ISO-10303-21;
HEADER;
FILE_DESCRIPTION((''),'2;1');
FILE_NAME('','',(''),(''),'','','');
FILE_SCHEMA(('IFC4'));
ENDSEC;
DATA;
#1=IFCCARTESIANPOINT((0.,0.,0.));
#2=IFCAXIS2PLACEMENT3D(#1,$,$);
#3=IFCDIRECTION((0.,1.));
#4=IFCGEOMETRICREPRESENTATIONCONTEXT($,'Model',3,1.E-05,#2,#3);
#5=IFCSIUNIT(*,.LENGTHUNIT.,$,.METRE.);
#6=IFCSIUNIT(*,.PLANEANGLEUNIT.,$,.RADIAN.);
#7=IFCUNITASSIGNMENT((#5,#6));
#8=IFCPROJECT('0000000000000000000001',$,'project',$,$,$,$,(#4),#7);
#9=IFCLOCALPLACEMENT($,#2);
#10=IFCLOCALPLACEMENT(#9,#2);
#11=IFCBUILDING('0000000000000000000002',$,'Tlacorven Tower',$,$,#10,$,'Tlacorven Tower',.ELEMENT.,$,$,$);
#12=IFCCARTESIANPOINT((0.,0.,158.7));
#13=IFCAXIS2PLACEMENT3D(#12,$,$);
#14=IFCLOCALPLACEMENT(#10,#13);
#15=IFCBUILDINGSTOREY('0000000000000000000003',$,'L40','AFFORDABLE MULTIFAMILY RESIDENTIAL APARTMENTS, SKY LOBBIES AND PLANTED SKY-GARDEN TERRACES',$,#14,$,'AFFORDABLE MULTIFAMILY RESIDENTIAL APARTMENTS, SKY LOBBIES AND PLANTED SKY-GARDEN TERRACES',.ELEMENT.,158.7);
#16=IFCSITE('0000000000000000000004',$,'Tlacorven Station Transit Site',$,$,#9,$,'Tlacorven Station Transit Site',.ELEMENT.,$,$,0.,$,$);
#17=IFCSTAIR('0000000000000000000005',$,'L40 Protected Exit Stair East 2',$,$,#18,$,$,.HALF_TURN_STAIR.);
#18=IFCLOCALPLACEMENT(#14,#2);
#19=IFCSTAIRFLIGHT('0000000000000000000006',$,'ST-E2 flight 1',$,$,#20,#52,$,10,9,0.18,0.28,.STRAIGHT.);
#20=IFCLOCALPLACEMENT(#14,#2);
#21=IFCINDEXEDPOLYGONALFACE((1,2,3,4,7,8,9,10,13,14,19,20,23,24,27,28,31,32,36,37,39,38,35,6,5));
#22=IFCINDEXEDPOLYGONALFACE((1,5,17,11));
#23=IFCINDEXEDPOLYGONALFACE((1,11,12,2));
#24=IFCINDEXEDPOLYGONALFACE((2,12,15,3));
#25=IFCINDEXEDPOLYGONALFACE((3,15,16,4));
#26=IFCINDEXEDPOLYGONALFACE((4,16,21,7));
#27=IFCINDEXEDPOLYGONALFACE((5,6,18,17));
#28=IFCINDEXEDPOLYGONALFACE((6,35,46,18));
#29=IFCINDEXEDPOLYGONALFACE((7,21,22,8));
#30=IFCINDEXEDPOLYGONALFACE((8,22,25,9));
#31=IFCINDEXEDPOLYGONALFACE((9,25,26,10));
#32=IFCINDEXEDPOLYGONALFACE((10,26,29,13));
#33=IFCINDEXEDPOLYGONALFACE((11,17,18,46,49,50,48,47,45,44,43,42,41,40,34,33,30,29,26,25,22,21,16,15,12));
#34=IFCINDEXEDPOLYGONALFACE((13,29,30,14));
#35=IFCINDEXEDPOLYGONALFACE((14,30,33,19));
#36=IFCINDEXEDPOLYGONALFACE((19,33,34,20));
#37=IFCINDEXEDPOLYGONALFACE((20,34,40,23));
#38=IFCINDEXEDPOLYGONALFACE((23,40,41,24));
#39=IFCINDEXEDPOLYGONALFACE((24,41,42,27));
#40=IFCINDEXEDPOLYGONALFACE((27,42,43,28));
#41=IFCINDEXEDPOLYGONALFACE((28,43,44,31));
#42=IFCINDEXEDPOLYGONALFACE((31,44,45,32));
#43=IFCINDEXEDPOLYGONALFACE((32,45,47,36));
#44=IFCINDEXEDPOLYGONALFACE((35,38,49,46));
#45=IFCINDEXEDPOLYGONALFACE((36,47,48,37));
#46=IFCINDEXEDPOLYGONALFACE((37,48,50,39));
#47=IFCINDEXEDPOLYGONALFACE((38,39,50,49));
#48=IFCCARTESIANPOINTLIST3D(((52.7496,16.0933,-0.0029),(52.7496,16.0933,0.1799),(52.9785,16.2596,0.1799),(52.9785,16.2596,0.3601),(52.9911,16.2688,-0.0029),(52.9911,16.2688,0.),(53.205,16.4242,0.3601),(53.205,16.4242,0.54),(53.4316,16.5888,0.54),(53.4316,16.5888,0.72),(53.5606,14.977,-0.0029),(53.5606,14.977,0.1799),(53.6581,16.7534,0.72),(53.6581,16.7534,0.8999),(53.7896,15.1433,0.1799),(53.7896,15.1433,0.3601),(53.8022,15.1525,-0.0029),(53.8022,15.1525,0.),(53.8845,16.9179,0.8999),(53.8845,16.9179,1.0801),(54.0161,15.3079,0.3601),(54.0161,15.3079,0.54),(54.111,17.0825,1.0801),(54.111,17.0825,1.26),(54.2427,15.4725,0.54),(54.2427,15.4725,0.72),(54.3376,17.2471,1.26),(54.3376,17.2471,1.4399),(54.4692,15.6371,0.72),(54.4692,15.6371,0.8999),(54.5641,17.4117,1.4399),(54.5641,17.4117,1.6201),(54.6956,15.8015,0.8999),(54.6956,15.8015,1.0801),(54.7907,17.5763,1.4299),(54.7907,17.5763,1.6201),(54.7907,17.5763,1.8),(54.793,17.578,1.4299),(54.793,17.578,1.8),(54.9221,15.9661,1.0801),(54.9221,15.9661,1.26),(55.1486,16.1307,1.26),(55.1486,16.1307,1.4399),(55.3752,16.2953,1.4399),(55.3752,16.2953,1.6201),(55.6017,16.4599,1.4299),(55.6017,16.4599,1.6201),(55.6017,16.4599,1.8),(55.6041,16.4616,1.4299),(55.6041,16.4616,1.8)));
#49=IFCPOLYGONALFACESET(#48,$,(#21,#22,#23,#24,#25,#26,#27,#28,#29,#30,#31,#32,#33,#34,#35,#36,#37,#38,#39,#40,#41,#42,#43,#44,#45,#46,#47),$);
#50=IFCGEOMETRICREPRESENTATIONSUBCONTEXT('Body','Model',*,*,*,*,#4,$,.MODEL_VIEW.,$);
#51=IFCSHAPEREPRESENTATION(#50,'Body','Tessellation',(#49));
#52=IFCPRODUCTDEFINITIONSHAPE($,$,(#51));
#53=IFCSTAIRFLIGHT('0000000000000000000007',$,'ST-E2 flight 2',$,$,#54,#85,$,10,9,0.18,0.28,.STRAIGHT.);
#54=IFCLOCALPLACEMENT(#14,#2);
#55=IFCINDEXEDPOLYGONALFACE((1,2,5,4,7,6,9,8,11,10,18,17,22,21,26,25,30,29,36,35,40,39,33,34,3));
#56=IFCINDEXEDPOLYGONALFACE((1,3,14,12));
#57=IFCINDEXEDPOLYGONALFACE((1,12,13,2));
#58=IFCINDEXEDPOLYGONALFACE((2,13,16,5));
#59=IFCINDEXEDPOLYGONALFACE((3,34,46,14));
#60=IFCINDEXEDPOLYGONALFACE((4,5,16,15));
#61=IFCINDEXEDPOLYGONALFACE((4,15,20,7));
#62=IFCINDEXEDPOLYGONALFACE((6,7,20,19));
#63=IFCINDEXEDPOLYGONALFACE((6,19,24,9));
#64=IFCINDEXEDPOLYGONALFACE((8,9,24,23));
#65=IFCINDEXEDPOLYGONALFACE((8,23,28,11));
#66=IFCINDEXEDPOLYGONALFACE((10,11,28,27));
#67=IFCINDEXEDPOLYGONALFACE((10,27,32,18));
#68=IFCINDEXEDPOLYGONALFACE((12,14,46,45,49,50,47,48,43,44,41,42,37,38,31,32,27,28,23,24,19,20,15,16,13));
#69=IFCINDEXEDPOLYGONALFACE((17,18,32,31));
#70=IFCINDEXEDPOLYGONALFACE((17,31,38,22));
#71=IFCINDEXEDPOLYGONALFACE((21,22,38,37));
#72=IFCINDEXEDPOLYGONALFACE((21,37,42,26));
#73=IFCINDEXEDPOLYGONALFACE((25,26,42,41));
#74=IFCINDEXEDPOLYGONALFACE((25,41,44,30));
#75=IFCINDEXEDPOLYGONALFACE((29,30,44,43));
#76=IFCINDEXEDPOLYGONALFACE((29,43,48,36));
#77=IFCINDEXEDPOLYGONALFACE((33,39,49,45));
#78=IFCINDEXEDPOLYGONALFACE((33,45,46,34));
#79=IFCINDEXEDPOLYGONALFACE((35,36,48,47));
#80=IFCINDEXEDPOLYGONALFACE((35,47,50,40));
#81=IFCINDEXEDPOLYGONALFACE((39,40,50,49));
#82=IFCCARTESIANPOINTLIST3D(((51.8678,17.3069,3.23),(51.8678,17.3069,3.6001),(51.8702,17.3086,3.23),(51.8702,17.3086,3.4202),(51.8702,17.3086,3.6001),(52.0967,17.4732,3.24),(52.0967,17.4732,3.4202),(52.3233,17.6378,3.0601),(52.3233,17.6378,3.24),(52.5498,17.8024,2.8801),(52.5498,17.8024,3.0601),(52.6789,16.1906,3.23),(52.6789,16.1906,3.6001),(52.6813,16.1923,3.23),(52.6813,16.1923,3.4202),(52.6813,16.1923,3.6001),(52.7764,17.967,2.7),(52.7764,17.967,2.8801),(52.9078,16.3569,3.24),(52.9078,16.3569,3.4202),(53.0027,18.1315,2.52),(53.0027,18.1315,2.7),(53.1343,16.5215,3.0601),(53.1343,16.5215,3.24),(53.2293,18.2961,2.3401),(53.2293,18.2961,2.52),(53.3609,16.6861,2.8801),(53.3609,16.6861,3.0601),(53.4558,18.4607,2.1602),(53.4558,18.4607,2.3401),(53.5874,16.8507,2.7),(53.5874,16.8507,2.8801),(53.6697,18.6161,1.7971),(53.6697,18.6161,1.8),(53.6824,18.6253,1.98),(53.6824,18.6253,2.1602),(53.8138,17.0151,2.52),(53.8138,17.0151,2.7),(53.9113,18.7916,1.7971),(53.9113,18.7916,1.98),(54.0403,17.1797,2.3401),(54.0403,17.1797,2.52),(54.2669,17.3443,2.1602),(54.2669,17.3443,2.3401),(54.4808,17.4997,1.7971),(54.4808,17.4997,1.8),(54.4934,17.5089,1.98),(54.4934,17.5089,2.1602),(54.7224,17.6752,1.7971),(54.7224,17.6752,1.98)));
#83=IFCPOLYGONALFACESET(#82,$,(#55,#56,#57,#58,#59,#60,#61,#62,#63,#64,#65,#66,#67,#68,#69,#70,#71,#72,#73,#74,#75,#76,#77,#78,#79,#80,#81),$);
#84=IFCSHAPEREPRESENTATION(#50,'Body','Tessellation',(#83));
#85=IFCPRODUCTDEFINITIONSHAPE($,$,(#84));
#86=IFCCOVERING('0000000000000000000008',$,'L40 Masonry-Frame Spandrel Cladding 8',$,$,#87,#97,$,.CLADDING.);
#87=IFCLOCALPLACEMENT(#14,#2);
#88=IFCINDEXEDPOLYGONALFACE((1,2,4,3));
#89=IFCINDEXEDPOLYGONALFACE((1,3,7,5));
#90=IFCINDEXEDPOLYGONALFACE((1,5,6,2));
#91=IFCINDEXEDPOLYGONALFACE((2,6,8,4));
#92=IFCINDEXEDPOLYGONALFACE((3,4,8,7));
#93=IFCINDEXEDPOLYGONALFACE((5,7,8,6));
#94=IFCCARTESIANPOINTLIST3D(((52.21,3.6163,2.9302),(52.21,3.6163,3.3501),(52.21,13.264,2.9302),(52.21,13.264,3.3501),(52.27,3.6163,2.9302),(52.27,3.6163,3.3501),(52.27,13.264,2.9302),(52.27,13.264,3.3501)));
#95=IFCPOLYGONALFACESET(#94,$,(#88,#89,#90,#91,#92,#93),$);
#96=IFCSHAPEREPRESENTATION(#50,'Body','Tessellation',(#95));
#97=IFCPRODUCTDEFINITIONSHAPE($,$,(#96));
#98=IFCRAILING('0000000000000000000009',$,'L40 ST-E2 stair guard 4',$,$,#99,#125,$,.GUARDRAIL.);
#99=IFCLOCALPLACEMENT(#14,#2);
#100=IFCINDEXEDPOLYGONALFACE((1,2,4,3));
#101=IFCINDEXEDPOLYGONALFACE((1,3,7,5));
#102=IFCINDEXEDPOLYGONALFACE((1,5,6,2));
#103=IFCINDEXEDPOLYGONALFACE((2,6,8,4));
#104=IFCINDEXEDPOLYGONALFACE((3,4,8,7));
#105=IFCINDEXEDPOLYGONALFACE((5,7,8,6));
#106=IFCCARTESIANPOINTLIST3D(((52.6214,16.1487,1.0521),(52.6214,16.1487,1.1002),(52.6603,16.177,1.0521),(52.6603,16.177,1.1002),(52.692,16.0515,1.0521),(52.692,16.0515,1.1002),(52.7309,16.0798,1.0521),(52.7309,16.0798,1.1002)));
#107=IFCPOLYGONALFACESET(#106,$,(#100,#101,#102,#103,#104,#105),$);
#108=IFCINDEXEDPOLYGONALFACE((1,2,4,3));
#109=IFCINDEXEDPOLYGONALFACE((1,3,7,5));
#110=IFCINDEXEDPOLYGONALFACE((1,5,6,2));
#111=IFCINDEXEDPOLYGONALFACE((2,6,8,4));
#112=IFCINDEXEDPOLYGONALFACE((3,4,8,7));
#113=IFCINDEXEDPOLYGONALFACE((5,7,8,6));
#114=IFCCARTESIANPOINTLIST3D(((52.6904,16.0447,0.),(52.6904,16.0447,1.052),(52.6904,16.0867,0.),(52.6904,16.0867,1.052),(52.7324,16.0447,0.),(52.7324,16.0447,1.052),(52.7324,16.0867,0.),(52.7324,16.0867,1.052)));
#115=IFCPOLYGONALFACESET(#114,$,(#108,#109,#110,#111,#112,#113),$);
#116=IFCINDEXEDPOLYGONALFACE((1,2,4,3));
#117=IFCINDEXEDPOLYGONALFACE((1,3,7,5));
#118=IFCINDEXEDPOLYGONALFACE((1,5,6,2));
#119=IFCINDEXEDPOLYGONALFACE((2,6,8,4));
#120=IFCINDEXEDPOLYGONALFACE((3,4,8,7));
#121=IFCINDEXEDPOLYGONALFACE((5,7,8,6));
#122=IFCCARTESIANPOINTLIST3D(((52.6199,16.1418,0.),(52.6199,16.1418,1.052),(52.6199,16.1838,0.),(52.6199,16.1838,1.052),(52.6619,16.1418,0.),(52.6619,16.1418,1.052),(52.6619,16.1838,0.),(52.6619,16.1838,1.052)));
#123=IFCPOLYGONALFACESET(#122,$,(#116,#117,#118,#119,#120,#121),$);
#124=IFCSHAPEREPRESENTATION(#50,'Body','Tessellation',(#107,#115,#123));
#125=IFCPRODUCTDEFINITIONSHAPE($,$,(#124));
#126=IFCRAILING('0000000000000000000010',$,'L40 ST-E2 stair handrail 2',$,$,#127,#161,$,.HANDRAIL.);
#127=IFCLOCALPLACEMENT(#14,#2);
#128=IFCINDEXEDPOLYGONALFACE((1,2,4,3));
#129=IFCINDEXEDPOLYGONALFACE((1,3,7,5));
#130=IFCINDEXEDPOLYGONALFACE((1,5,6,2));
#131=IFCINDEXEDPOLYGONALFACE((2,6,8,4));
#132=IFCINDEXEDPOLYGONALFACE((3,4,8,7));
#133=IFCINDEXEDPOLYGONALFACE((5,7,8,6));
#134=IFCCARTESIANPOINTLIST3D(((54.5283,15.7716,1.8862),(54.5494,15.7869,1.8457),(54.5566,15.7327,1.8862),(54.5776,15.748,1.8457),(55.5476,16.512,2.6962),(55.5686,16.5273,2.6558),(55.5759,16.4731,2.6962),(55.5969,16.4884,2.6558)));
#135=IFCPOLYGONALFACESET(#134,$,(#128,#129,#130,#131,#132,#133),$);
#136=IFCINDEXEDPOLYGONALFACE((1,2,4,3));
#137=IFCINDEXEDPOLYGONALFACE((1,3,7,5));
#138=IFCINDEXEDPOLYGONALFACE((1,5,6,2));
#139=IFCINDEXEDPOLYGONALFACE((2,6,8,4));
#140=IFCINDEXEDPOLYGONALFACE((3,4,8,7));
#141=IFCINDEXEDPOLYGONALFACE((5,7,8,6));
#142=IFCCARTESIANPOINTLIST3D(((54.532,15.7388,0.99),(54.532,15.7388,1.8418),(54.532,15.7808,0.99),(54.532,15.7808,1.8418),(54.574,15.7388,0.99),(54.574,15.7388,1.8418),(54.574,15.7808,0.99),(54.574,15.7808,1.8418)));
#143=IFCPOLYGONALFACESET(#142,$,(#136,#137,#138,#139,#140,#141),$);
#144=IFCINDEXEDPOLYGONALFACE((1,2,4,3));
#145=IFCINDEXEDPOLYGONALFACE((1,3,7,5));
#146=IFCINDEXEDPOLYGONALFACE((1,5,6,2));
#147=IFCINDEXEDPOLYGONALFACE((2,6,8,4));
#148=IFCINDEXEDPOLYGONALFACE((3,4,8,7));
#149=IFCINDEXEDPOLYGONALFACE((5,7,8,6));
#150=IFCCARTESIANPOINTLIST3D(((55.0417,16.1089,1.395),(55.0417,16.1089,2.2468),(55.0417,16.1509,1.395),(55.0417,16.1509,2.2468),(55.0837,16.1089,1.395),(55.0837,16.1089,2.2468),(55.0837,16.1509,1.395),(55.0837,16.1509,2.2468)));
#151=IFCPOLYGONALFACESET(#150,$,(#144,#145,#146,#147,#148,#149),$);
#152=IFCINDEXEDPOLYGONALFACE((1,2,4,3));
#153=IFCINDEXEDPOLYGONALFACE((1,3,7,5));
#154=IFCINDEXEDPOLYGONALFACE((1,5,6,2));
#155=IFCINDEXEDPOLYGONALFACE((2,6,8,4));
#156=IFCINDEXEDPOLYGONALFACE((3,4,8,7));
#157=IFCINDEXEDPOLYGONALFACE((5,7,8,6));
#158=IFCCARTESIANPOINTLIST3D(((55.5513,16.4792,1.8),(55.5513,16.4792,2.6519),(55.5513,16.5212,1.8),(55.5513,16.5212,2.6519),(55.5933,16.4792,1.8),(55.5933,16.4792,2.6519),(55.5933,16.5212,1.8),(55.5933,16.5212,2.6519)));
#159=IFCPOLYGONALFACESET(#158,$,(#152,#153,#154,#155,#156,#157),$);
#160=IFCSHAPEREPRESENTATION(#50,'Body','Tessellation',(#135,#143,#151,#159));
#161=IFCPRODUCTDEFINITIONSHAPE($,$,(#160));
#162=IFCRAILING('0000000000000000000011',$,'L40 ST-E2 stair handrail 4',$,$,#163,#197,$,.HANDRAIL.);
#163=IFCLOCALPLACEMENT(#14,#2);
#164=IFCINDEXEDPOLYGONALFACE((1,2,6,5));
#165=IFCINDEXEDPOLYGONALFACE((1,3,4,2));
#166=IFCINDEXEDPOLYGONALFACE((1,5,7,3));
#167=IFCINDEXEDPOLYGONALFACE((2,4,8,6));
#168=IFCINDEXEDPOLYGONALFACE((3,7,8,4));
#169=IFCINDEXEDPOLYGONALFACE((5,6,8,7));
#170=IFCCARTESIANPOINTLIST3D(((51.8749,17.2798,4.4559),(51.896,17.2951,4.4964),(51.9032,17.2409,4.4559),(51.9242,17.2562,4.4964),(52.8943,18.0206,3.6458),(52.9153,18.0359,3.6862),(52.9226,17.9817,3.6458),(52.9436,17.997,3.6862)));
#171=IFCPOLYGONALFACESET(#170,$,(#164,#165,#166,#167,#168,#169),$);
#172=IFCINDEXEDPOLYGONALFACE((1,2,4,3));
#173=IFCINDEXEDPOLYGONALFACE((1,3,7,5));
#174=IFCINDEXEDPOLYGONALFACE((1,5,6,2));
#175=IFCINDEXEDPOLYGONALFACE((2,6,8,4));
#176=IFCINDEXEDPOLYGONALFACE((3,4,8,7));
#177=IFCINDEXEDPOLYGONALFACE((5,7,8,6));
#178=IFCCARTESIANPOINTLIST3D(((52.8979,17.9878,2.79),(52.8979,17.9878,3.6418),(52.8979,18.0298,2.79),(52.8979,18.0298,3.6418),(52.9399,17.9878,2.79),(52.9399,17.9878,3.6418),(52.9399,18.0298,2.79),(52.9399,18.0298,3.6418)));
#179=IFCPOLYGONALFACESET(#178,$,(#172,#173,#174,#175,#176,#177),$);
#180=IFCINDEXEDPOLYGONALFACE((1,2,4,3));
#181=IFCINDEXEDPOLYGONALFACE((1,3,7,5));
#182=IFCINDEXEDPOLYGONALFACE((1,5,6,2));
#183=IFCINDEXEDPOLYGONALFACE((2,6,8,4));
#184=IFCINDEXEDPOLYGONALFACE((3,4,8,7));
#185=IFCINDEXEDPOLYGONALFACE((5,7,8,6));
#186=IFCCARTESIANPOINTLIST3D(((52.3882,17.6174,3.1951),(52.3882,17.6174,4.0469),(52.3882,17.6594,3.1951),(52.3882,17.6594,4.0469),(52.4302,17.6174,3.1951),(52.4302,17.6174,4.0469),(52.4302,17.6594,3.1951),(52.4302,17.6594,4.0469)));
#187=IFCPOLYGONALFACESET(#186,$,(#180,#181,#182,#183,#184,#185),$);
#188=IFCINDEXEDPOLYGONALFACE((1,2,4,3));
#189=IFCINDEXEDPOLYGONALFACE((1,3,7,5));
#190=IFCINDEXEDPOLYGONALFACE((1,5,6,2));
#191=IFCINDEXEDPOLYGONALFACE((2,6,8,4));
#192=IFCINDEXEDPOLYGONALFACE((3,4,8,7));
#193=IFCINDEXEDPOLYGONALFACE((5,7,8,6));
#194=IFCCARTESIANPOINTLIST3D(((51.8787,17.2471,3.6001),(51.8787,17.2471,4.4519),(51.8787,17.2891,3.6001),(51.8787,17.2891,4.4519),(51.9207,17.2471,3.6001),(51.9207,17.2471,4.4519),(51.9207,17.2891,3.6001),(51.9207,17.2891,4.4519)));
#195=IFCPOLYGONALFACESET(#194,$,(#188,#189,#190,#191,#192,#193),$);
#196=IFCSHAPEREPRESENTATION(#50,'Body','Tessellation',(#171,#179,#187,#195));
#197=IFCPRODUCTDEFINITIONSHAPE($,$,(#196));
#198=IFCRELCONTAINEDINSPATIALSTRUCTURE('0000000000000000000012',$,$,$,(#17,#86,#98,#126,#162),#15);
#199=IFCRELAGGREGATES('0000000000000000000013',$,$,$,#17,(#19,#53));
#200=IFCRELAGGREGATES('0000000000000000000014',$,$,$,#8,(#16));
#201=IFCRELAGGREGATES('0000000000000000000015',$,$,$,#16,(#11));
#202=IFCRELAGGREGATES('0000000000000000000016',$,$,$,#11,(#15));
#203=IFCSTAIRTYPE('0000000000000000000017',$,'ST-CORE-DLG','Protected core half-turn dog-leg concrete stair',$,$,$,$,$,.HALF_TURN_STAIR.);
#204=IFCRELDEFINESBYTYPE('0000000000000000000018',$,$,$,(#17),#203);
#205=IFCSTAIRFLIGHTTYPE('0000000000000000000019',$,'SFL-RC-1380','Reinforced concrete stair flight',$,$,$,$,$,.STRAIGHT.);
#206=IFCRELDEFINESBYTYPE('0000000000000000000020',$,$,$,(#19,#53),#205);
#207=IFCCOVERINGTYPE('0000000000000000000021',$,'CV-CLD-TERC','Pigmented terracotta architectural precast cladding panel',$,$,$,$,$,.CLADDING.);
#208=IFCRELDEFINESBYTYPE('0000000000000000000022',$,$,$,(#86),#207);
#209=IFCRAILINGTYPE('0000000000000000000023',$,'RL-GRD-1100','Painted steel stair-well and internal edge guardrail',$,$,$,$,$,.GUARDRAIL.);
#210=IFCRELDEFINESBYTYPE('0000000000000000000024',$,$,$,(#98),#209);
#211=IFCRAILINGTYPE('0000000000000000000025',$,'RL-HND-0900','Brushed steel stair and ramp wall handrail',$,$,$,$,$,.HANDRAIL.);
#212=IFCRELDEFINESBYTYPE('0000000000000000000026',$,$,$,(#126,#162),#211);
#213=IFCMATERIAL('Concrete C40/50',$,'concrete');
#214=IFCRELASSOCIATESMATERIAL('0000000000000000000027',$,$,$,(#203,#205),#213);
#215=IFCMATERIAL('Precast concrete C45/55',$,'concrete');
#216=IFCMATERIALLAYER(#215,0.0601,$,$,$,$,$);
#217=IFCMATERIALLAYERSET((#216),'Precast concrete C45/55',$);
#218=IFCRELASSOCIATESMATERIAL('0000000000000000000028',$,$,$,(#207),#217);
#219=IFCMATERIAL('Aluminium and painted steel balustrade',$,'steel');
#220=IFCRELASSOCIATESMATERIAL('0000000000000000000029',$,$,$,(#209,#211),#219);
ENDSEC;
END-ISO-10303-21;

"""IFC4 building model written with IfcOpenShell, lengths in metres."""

from ifc_helpers import new_model, si_unit, direction, frame, origin, origin_2d, place, context, subcontext, project, spatial, polyline, rectangle, outline, extrude, source, transform, mapped, material, layer, layer_set, type_object, element, aggregate, save


model = new_model("IFC4")

# Units and contexts
model_context = context("Model", 3, precision=1e-05, world=origin(), true_north=direction((0.0, 1.0)))
body_context = subcontext(model_context, "Body", "Model", "MODEL_VIEW")
ifc_project = project(units=[si_unit("LENGTHUNIT", "METRE"), si_unit("PLANEANGLEUNIT", "RADIAN")], contexts=[model_context])

# Site, building, storey
site_placement = place(None, origin())
site = spatial("IfcSite", under=ifc_project, at=site_placement, Name="Tlacorven Station Transit Site", LongName="Tlacorven Station Transit Site", CompositionType="ELEMENT", RefElevation=0.0)
building_placement = place(site_placement, origin())
building = spatial("IfcBuilding", under=site, at=building_placement, Name="Tlacorven Tower", LongName="Tlacorven Tower", CompositionType="ELEMENT")
storey_placement = place(building_placement, frame((0.0, 0.0, 158.7)))
storey = spatial("IfcBuildingStorey", under=building, at=storey_placement, Name="L40", Description="AFFORDABLE MULTIFAMILY RESIDENTIAL APARTMENTS, SKY LOBBIES AND PLANTED SKY-GARDEN TERRACES", LongName="AFFORDABLE MULTIFAMILY RESIDENTIAL APARTMENTS, SKY LOBBIES AND PLANTED SKY-GARDEN TERRACES", CompositionType="ELEMENT", Elevation=158.7)

# Shared definitions
ifc_material_1 = material(Name="Precast concrete C45/55", Category="concrete")

# Stair, stair flights
ifc_material_2 = material(Name="Concrete C40/50", Category="concrete")
stair_type = type_object("IfcStairType", Name="ST-CORE-DLG", Description="Protected core half-turn dog-leg concrete stair", PredefinedType="HALF_TURN_STAIR", material=ifc_material_2)
stair_placement = place(storey_placement, origin())
stair = element("IfcStair", 1, at=stair_placement, inside=storey, type_object=stair_type, Name="L40 Protected Exit Stair East 2", PredefinedType="HALF_TURN_STAIR")
stair_flight_type = type_object("IfcStairFlightType", Name="SFL-RC-1380", Description="Reinforced concrete stair flight", PredefinedType="STRAIGHT", material=ifc_material_2)
shared_shape_1 = source(origin(), body_context, "Body", "SweptSolid", [
    extrude(outline(polyline([(-0.0029, -0.0029), (-0.0029, 0.1799), (0.28, 0.1799), (0.28, 0.3601), (0.5601, 0.3601), (0.5601, 0.54), (0.8401, 0.54), (0.8401, 0.72), (1.1201, 0.72), (1.1201, 0.8999), (1.3999, 0.8999), (1.3999, 1.0801), (1.6799, 1.0801), (1.6799, 1.26), (1.96, 1.26), (1.96, 1.4399), (2.24, 1.4399), (2.24, 1.6201), (2.52, 1.6201), (2.52, 1.8), (2.5229, 1.8), (2.5229, 1.4299), (2.52, 1.4299), (0.2957, 0.0), (0.2957, -0.0029), (-0.0029, -0.0029)])), frame((0.0, 0.6899, 0.0), z_axis=(0.0, -1.0, 0.0), x_axis=(1.0, 0.0, 0.0)), (0.0, 0.0, 1.0), 1.3799),
])
stair_flight_1_placement = place(storey_placement, frame((53.1575, 15.5369, 0.0), z_axis=(0.0, 0.0, 1.0), x_axis=(0.809017, 0.587785, 0.0)))
stair_flight_1 = element("IfcStairFlight", 2, at=stair_flight_1_placement, type_object=stair_flight_type, Name="ST-E2 flight 1", NumberOfRisers=10, NumberOfTreads=9, PredefinedType="STRAIGHT", RiserHeight=0.18, TreadLength=0.28, context=body_context, shape_type="MappedRepresentation", body=[
    mapped(shared_shape_1, transform((0.0, 0.0, 0.0), scale=1.0)),
])
stair_flight_2_placement = place(storey_placement, frame((54.3145, 18.2317, 1.8), z_axis=(0.0, 0.0, 1.0), x_axis=(-0.809017, -0.587785, 0.0)))
stair_flight_2 = element("IfcStairFlight", 3, at=stair_flight_2_placement, type_object=stair_flight_type, Name="ST-E2 flight 2", NumberOfRisers=10, NumberOfTreads=9, PredefinedType="STRAIGHT", RiserHeight=0.18, TreadLength=0.28, context=body_context, shape_type="MappedRepresentation", body=[
    mapped(shared_shape_1, transform((0.0, 0.0, 0.0), scale=1.0)),
])
aggregate(stair, [stair_flight_1, stair_flight_2])

# Covering
ifc_layer_1 = layer(ifc_material_1, 0.0601)
ifc_layer_set_1 = layer_set([ifc_layer_1], Name="Precast concrete C45/55")
covering_type = type_object("IfcCoveringType", Name="CV-CLD-TERC", Description="Pigmented terracotta architectural precast cladding panel", PredefinedType="CLADDING", material=ifc_layer_set_1)
shared_shape_2 = source(origin(), body_context, "Body", "SweptSolid", [
    extrude(rectangle(XDim=9.6477, YDim=0.0601, at=origin_2d()), origin(), (0.0, 0.0, 1.0), 0.4199),
])
covering_placement = place(storey_placement, frame((52.24, 8.4402, 2.9302), z_axis=(0.0, 0.0, 1.0), x_axis=(0.0, -1.0, 0.0)))
element("IfcCovering", 4, at=covering_placement, inside=storey, type_object=covering_type, Name="L40 Masonry-Frame Spandrel Cladding 8", PredefinedType="CLADDING", context=body_context, shape_type="MappedRepresentation", body=[
    mapped(shared_shape_2, transform((0.0, 0.0, 0.0), scale=1.0)),
])

# Railings
ifc_material_3 = material(Name="Aluminium and painted steel balustrade", Category="steel")
railing_type_1 = type_object("IfcRailingType", Name="RL-GRD-1100", Description="Painted steel stair-well and internal edge guardrail", PredefinedType="GUARDRAIL", material=ifc_material_3)
shared_shape_3 = source(origin(), body_context, "Body", "SweptSolid", [
    extrude(rectangle(XDim=0.0481, YDim=0.0481, at=origin_2d()), frame((0.0, 0.0, 1.0762), z_axis=(-0.587567, 0.809175, 0.0), x_axis=(-0.809175, -0.587567, 0.0)), (0.0, 0.0, 1.0), 0.1201),
    extrude(rectangle(XDim=0.042, YDim=0.042, at=origin_2d()), origin(), (0.0, 0.0, 1.0), 1.052),
    extrude(rectangle(XDim=0.042, YDim=0.042, at=origin_2d()), frame((-0.0706, 0.0972, 0.0)), (0.0, 0.0, 1.0), 1.052),
])
railing_1_placement = place(storey_placement, frame((52.7114, 16.0657, 0.0)))
element("IfcRailing", 5, at=railing_1_placement, inside=storey, type_object=railing_type_1, Name="L40 ST-E2 stair guard 4", PredefinedType="GUARDRAIL", context=body_context, shape_type="MappedRepresentation", body=[
    mapped(shared_shape_3, transform((0.0, 0.0, 0.0), scale=1.0)),
])
railing_type_2 = type_object("IfcRailingType", Name="RL-HND-0900", Description="Brushed steel stair and ramp wall handrail", PredefinedType="HANDRAIL", material=ifc_material_3)
shared_shape_4 = source(origin(), body_context, "Body", "SweptSolid", [
    extrude(rectangle(XDim=0.0481, YDim=0.0481, at=origin_2d()), frame((0.0, 0.0, 0.876), z_axis=(0.680516, 0.494373, 0.540827), x_axis=(-0.587745, 0.809046, 0.0)), (0.0, 0.0, 1.0), 1.4978),
    extrude(rectangle(XDim=0.042, YDim=0.042, at=origin_2d()), origin(), (0.0, 0.0, 1.0), 0.8518),
    extrude(rectangle(XDim=0.042, YDim=0.042, at=origin_2d()), frame((0.5098, 0.3701, 0.405)), (0.0, 0.0, 1.0), 0.8518),
    extrude(rectangle(XDim=0.042, YDim=0.042, at=origin_2d()), frame((1.0193, 0.7405, 0.8101)), (0.0, 0.0, 1.0), 0.8518),
])
railing_2_placement = place(storey_placement, frame((54.553, 15.7598, 0.99)))
element("IfcRailing", 6, at=railing_2_placement, inside=storey, type_object=railing_type_2, Name="L40 ST-E2 stair handrail 2", PredefinedType="HANDRAIL", context=body_context, shape_type="MappedRepresentation", body=[
    mapped(shared_shape_4, transform((0.0, 0.0, 0.0), scale=1.0)),
])
shared_shape_5 = source(origin(), body_context, "Body", "SweptSolid", [
    extrude(rectangle(XDim=0.0481, YDim=0.0481, at=origin_2d()), frame((0.0, 0.0, 0.876), z_axis=(-0.680461, -0.494496, 0.540783), x_axis=(0.587872, -0.808954, 0.0)), (0.0, 0.0, 1.0), 1.498),
    extrude(rectangle(XDim=0.042, YDim=0.042, at=origin_2d()), origin(), (0.0, 0.0, 1.0), 0.8518),
    extrude(rectangle(XDim=0.042, YDim=0.042, at=origin_2d()), frame((-0.5098, -0.3704, 0.405)), (0.0, 0.0, 1.0), 0.8518),
    extrude(rectangle(XDim=0.042, YDim=0.042, at=origin_2d()), frame((-1.0193, -0.7407, 0.8101)), (0.0, 0.0, 1.0), 0.8518),
])
railing_3_placement = place(storey_placement, frame((52.9189, 18.0088, 2.79)))
element("IfcRailing", 7, at=railing_3_placement, inside=storey, type_object=railing_type_2, Name="L40 ST-E2 stair handrail 4", PredefinedType="HANDRAIL", context=body_context, shape_type="MappedRepresentation", body=[
    mapped(shared_shape_5, transform((0.0, 0.0, 0.0), scale=1.0)),
])

save(model, "model.ifc")
